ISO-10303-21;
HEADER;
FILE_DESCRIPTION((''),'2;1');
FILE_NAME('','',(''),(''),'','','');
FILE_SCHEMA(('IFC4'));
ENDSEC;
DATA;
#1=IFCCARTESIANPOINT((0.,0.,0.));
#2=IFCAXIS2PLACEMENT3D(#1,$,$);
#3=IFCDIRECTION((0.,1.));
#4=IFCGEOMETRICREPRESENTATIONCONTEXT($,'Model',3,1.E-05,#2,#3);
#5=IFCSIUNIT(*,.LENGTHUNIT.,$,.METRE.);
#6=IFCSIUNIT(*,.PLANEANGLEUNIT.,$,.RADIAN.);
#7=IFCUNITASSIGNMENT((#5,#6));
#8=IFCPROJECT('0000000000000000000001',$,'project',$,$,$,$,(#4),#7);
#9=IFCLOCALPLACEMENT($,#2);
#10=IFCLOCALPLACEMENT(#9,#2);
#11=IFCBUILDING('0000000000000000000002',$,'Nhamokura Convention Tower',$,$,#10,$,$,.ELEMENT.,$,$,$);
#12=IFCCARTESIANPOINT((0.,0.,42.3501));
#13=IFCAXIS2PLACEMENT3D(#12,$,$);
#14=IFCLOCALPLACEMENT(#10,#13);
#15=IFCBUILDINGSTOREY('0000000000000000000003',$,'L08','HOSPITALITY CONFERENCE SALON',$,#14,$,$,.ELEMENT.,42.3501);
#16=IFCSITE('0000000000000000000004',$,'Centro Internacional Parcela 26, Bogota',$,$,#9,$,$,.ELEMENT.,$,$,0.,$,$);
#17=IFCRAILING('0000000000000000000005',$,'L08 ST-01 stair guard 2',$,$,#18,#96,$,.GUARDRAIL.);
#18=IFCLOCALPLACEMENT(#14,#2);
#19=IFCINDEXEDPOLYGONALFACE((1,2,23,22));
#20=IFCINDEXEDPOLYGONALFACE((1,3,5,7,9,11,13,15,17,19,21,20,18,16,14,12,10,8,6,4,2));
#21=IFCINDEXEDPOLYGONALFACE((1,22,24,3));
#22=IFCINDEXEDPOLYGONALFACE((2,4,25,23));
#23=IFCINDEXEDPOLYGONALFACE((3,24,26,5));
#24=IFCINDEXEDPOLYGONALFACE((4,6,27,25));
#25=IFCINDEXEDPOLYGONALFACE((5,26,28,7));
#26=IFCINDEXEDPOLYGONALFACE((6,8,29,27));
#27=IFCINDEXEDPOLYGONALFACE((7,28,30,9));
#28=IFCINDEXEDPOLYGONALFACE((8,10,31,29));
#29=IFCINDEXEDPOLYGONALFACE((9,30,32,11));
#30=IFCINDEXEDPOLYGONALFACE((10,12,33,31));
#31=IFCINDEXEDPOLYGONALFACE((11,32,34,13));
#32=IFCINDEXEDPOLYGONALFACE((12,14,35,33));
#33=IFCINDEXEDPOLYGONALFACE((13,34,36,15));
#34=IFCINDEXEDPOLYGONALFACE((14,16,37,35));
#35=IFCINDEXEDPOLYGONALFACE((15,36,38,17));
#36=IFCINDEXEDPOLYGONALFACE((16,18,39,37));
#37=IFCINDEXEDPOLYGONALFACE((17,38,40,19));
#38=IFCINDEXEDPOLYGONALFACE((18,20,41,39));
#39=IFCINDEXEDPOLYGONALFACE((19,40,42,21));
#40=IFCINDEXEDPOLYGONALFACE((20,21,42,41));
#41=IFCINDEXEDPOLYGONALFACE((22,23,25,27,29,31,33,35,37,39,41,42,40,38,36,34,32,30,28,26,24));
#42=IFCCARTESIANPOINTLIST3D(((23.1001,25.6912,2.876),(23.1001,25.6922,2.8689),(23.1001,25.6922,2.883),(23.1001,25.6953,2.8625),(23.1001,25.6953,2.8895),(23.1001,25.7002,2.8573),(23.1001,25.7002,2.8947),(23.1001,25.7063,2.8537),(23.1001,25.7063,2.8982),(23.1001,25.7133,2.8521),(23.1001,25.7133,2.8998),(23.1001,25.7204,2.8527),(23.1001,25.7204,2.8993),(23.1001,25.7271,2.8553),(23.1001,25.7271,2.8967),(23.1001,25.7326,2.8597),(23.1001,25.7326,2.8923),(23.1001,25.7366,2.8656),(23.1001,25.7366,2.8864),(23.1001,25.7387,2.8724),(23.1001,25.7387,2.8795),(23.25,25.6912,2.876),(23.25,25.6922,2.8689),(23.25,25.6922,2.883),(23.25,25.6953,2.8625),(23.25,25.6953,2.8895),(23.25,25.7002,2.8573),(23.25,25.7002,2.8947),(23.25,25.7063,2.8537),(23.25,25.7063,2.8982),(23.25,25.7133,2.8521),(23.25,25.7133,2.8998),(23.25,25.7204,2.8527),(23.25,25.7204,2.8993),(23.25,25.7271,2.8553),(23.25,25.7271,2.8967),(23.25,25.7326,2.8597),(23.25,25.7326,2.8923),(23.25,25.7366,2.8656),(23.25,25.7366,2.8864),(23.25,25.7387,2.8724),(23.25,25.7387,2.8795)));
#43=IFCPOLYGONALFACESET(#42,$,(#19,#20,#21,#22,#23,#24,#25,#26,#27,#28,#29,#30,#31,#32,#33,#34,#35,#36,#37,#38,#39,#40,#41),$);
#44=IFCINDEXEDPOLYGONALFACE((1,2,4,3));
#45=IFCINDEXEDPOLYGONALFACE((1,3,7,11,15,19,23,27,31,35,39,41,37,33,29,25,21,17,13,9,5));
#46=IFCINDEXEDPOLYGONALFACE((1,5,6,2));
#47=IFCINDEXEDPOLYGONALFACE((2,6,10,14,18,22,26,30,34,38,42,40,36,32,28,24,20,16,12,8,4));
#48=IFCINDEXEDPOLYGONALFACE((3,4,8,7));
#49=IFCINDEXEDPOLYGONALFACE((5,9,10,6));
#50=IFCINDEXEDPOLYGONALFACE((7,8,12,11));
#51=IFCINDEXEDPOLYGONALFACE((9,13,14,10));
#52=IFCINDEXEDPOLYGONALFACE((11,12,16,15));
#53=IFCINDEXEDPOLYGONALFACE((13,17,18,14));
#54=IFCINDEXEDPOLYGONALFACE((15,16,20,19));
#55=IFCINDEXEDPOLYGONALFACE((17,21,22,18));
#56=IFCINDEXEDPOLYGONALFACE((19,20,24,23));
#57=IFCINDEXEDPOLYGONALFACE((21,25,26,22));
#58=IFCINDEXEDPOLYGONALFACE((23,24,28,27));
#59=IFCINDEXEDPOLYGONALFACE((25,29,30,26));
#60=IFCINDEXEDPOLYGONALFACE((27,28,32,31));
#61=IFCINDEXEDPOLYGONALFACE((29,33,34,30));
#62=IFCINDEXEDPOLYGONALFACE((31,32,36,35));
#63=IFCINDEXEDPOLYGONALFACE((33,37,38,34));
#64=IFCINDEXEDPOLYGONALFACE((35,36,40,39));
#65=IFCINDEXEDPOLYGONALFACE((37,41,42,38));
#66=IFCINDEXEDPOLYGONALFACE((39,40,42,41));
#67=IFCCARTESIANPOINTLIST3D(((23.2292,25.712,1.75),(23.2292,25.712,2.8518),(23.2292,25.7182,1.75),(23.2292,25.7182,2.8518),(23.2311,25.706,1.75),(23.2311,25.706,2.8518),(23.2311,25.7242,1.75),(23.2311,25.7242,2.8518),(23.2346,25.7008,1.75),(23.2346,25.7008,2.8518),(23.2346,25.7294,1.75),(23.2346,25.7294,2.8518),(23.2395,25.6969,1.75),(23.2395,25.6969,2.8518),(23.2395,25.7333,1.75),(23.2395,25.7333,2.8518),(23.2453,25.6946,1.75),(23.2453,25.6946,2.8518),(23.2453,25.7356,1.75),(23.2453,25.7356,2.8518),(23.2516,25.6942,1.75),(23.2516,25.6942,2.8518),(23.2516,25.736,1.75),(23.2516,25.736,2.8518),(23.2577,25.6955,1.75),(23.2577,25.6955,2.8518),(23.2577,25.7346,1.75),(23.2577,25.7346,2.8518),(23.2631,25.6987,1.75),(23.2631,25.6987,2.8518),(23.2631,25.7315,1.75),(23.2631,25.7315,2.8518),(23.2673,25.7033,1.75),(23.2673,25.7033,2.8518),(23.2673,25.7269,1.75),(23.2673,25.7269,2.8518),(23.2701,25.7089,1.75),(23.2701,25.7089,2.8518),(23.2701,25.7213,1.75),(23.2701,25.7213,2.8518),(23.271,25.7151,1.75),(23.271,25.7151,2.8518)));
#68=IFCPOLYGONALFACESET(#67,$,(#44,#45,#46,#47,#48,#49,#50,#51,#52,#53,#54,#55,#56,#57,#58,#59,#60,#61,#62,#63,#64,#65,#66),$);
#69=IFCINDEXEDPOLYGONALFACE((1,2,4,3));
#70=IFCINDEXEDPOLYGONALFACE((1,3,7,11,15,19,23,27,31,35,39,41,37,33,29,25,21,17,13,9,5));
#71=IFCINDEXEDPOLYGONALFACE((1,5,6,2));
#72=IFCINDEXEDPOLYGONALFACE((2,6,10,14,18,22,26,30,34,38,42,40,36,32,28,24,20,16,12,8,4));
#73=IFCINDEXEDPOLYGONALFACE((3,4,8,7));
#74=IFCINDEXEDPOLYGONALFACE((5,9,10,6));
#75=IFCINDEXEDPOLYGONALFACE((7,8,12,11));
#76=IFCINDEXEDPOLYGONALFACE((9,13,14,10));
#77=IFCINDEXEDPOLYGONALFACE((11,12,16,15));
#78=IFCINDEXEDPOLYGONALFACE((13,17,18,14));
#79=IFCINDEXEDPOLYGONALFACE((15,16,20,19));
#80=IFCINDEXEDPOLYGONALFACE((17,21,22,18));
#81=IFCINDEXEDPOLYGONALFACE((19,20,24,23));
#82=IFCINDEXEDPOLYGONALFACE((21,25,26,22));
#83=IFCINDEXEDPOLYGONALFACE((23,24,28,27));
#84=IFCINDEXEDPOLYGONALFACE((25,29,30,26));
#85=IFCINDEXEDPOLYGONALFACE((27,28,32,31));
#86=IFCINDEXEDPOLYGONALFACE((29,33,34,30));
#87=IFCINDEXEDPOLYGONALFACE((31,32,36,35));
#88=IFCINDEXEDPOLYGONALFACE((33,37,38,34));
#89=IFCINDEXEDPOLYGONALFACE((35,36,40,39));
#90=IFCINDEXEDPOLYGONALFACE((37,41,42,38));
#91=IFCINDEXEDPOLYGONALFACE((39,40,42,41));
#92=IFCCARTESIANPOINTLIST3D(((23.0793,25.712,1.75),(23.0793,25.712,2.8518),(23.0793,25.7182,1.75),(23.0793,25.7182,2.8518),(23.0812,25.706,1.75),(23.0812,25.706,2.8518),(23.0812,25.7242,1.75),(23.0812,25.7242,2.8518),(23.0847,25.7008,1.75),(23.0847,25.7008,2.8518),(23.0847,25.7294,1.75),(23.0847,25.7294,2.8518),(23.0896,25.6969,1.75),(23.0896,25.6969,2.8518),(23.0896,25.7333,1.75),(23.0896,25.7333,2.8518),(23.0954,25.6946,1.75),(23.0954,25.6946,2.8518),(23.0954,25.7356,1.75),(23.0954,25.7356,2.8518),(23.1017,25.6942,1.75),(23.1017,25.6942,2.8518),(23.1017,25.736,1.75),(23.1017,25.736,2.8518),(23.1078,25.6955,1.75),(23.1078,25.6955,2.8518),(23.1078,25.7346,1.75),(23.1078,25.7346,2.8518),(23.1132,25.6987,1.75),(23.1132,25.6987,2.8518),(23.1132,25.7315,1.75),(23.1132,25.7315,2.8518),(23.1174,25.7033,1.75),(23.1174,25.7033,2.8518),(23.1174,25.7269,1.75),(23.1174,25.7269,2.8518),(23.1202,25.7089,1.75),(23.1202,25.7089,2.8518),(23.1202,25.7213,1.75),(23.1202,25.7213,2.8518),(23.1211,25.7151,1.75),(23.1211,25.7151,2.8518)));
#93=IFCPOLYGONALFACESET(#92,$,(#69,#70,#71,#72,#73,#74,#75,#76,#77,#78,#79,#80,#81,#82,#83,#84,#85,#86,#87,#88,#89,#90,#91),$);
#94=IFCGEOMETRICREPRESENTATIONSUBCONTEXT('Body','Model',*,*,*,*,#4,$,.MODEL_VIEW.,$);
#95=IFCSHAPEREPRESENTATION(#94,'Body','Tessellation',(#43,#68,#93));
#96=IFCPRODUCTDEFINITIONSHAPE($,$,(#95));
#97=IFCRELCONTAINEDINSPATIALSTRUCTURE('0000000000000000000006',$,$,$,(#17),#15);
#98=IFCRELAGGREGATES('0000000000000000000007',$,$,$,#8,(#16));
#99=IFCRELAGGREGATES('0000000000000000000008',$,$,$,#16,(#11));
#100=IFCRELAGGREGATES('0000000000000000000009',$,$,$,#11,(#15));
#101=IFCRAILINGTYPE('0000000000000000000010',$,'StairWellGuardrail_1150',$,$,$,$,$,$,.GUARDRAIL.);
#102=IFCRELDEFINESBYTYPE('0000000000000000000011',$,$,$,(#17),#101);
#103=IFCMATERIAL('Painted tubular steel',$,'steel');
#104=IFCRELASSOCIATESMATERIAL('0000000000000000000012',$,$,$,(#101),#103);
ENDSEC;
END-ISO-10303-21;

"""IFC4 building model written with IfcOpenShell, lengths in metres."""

from ifc_helpers import new_model, si_unit, direction, frame, origin, origin_2d, place, context, subcontext, project, spatial, circle, extrude, material, type_object, element, save


model = new_model("IFC4")

# Units and contexts
model_context = context("Model", 3, precision=1e-05, world=origin(), true_north=direction((0.0, 1.0)))
body_context = subcontext(model_context, "Body", "Model", "MODEL_VIEW")
ifc_project = project(units=[si_unit("LENGTHUNIT", "METRE"), si_unit("PLANEANGLEUNIT", "RADIAN")], contexts=[model_context])

# Site, building, storey
site_placement = place(None, origin())
site = spatial("IfcSite", under=ifc_project, at=site_placement, Name="Centro Internacional Parcela 26, Bogota", CompositionType="ELEMENT", RefElevation=0.0)
building_placement = place(site_placement, origin())
building = spatial("IfcBuilding", under=site, at=building_placement, Name="Nhamokura Convention Tower", CompositionType="ELEMENT")
storey_placement = place(building_placement, frame((0.0, 0.0, 42.3501)))
storey = spatial("IfcBuildingStorey", under=building, at=storey_placement, Name="L08", Description="HOSPITALITY CONFERENCE SALON", CompositionType="ELEMENT", Elevation=42.3501)

# Railing
ifc_material_1 = material(Name="Painted tubular steel", Category="steel")
railing_type_1 = type_object("IfcRailingType", Name="StairWellGuardrail_1150", PredefinedType="GUARDRAIL", material=ifc_material_1)
railing_1_placement = place(storey_placement, frame((23.25, 25.7151, 1.75)))
element("IfcRailing", 1, at=railing_1_placement, inside=storey, type_object=railing_type_1, Name="L08 ST-01 stair guard 2", PredefinedType="GUARDRAIL", context=body_context, shape_type="SweptSolid", body=[
    extrude(circle(Radius=0.0239, at=origin_2d()), frame((0.0, 0.0, 1.126), z_axis=(-1.0, 0.0, 0.0), x_axis=(0.0, -1.0, 0.0)), (0.0, 0.0, 1.0), 0.1499),
    extrude(circle(Radius=0.021, at=origin_2d()), origin(), (0.0, 0.0, 1.0), 1.1018),
    extrude(circle(Radius=0.021, at=origin_2d()), frame((-0.1499, 0.0, 0.0)), (0.0, 0.0, 1.0), 1.1018),
])

save(model, "model.ifc")
